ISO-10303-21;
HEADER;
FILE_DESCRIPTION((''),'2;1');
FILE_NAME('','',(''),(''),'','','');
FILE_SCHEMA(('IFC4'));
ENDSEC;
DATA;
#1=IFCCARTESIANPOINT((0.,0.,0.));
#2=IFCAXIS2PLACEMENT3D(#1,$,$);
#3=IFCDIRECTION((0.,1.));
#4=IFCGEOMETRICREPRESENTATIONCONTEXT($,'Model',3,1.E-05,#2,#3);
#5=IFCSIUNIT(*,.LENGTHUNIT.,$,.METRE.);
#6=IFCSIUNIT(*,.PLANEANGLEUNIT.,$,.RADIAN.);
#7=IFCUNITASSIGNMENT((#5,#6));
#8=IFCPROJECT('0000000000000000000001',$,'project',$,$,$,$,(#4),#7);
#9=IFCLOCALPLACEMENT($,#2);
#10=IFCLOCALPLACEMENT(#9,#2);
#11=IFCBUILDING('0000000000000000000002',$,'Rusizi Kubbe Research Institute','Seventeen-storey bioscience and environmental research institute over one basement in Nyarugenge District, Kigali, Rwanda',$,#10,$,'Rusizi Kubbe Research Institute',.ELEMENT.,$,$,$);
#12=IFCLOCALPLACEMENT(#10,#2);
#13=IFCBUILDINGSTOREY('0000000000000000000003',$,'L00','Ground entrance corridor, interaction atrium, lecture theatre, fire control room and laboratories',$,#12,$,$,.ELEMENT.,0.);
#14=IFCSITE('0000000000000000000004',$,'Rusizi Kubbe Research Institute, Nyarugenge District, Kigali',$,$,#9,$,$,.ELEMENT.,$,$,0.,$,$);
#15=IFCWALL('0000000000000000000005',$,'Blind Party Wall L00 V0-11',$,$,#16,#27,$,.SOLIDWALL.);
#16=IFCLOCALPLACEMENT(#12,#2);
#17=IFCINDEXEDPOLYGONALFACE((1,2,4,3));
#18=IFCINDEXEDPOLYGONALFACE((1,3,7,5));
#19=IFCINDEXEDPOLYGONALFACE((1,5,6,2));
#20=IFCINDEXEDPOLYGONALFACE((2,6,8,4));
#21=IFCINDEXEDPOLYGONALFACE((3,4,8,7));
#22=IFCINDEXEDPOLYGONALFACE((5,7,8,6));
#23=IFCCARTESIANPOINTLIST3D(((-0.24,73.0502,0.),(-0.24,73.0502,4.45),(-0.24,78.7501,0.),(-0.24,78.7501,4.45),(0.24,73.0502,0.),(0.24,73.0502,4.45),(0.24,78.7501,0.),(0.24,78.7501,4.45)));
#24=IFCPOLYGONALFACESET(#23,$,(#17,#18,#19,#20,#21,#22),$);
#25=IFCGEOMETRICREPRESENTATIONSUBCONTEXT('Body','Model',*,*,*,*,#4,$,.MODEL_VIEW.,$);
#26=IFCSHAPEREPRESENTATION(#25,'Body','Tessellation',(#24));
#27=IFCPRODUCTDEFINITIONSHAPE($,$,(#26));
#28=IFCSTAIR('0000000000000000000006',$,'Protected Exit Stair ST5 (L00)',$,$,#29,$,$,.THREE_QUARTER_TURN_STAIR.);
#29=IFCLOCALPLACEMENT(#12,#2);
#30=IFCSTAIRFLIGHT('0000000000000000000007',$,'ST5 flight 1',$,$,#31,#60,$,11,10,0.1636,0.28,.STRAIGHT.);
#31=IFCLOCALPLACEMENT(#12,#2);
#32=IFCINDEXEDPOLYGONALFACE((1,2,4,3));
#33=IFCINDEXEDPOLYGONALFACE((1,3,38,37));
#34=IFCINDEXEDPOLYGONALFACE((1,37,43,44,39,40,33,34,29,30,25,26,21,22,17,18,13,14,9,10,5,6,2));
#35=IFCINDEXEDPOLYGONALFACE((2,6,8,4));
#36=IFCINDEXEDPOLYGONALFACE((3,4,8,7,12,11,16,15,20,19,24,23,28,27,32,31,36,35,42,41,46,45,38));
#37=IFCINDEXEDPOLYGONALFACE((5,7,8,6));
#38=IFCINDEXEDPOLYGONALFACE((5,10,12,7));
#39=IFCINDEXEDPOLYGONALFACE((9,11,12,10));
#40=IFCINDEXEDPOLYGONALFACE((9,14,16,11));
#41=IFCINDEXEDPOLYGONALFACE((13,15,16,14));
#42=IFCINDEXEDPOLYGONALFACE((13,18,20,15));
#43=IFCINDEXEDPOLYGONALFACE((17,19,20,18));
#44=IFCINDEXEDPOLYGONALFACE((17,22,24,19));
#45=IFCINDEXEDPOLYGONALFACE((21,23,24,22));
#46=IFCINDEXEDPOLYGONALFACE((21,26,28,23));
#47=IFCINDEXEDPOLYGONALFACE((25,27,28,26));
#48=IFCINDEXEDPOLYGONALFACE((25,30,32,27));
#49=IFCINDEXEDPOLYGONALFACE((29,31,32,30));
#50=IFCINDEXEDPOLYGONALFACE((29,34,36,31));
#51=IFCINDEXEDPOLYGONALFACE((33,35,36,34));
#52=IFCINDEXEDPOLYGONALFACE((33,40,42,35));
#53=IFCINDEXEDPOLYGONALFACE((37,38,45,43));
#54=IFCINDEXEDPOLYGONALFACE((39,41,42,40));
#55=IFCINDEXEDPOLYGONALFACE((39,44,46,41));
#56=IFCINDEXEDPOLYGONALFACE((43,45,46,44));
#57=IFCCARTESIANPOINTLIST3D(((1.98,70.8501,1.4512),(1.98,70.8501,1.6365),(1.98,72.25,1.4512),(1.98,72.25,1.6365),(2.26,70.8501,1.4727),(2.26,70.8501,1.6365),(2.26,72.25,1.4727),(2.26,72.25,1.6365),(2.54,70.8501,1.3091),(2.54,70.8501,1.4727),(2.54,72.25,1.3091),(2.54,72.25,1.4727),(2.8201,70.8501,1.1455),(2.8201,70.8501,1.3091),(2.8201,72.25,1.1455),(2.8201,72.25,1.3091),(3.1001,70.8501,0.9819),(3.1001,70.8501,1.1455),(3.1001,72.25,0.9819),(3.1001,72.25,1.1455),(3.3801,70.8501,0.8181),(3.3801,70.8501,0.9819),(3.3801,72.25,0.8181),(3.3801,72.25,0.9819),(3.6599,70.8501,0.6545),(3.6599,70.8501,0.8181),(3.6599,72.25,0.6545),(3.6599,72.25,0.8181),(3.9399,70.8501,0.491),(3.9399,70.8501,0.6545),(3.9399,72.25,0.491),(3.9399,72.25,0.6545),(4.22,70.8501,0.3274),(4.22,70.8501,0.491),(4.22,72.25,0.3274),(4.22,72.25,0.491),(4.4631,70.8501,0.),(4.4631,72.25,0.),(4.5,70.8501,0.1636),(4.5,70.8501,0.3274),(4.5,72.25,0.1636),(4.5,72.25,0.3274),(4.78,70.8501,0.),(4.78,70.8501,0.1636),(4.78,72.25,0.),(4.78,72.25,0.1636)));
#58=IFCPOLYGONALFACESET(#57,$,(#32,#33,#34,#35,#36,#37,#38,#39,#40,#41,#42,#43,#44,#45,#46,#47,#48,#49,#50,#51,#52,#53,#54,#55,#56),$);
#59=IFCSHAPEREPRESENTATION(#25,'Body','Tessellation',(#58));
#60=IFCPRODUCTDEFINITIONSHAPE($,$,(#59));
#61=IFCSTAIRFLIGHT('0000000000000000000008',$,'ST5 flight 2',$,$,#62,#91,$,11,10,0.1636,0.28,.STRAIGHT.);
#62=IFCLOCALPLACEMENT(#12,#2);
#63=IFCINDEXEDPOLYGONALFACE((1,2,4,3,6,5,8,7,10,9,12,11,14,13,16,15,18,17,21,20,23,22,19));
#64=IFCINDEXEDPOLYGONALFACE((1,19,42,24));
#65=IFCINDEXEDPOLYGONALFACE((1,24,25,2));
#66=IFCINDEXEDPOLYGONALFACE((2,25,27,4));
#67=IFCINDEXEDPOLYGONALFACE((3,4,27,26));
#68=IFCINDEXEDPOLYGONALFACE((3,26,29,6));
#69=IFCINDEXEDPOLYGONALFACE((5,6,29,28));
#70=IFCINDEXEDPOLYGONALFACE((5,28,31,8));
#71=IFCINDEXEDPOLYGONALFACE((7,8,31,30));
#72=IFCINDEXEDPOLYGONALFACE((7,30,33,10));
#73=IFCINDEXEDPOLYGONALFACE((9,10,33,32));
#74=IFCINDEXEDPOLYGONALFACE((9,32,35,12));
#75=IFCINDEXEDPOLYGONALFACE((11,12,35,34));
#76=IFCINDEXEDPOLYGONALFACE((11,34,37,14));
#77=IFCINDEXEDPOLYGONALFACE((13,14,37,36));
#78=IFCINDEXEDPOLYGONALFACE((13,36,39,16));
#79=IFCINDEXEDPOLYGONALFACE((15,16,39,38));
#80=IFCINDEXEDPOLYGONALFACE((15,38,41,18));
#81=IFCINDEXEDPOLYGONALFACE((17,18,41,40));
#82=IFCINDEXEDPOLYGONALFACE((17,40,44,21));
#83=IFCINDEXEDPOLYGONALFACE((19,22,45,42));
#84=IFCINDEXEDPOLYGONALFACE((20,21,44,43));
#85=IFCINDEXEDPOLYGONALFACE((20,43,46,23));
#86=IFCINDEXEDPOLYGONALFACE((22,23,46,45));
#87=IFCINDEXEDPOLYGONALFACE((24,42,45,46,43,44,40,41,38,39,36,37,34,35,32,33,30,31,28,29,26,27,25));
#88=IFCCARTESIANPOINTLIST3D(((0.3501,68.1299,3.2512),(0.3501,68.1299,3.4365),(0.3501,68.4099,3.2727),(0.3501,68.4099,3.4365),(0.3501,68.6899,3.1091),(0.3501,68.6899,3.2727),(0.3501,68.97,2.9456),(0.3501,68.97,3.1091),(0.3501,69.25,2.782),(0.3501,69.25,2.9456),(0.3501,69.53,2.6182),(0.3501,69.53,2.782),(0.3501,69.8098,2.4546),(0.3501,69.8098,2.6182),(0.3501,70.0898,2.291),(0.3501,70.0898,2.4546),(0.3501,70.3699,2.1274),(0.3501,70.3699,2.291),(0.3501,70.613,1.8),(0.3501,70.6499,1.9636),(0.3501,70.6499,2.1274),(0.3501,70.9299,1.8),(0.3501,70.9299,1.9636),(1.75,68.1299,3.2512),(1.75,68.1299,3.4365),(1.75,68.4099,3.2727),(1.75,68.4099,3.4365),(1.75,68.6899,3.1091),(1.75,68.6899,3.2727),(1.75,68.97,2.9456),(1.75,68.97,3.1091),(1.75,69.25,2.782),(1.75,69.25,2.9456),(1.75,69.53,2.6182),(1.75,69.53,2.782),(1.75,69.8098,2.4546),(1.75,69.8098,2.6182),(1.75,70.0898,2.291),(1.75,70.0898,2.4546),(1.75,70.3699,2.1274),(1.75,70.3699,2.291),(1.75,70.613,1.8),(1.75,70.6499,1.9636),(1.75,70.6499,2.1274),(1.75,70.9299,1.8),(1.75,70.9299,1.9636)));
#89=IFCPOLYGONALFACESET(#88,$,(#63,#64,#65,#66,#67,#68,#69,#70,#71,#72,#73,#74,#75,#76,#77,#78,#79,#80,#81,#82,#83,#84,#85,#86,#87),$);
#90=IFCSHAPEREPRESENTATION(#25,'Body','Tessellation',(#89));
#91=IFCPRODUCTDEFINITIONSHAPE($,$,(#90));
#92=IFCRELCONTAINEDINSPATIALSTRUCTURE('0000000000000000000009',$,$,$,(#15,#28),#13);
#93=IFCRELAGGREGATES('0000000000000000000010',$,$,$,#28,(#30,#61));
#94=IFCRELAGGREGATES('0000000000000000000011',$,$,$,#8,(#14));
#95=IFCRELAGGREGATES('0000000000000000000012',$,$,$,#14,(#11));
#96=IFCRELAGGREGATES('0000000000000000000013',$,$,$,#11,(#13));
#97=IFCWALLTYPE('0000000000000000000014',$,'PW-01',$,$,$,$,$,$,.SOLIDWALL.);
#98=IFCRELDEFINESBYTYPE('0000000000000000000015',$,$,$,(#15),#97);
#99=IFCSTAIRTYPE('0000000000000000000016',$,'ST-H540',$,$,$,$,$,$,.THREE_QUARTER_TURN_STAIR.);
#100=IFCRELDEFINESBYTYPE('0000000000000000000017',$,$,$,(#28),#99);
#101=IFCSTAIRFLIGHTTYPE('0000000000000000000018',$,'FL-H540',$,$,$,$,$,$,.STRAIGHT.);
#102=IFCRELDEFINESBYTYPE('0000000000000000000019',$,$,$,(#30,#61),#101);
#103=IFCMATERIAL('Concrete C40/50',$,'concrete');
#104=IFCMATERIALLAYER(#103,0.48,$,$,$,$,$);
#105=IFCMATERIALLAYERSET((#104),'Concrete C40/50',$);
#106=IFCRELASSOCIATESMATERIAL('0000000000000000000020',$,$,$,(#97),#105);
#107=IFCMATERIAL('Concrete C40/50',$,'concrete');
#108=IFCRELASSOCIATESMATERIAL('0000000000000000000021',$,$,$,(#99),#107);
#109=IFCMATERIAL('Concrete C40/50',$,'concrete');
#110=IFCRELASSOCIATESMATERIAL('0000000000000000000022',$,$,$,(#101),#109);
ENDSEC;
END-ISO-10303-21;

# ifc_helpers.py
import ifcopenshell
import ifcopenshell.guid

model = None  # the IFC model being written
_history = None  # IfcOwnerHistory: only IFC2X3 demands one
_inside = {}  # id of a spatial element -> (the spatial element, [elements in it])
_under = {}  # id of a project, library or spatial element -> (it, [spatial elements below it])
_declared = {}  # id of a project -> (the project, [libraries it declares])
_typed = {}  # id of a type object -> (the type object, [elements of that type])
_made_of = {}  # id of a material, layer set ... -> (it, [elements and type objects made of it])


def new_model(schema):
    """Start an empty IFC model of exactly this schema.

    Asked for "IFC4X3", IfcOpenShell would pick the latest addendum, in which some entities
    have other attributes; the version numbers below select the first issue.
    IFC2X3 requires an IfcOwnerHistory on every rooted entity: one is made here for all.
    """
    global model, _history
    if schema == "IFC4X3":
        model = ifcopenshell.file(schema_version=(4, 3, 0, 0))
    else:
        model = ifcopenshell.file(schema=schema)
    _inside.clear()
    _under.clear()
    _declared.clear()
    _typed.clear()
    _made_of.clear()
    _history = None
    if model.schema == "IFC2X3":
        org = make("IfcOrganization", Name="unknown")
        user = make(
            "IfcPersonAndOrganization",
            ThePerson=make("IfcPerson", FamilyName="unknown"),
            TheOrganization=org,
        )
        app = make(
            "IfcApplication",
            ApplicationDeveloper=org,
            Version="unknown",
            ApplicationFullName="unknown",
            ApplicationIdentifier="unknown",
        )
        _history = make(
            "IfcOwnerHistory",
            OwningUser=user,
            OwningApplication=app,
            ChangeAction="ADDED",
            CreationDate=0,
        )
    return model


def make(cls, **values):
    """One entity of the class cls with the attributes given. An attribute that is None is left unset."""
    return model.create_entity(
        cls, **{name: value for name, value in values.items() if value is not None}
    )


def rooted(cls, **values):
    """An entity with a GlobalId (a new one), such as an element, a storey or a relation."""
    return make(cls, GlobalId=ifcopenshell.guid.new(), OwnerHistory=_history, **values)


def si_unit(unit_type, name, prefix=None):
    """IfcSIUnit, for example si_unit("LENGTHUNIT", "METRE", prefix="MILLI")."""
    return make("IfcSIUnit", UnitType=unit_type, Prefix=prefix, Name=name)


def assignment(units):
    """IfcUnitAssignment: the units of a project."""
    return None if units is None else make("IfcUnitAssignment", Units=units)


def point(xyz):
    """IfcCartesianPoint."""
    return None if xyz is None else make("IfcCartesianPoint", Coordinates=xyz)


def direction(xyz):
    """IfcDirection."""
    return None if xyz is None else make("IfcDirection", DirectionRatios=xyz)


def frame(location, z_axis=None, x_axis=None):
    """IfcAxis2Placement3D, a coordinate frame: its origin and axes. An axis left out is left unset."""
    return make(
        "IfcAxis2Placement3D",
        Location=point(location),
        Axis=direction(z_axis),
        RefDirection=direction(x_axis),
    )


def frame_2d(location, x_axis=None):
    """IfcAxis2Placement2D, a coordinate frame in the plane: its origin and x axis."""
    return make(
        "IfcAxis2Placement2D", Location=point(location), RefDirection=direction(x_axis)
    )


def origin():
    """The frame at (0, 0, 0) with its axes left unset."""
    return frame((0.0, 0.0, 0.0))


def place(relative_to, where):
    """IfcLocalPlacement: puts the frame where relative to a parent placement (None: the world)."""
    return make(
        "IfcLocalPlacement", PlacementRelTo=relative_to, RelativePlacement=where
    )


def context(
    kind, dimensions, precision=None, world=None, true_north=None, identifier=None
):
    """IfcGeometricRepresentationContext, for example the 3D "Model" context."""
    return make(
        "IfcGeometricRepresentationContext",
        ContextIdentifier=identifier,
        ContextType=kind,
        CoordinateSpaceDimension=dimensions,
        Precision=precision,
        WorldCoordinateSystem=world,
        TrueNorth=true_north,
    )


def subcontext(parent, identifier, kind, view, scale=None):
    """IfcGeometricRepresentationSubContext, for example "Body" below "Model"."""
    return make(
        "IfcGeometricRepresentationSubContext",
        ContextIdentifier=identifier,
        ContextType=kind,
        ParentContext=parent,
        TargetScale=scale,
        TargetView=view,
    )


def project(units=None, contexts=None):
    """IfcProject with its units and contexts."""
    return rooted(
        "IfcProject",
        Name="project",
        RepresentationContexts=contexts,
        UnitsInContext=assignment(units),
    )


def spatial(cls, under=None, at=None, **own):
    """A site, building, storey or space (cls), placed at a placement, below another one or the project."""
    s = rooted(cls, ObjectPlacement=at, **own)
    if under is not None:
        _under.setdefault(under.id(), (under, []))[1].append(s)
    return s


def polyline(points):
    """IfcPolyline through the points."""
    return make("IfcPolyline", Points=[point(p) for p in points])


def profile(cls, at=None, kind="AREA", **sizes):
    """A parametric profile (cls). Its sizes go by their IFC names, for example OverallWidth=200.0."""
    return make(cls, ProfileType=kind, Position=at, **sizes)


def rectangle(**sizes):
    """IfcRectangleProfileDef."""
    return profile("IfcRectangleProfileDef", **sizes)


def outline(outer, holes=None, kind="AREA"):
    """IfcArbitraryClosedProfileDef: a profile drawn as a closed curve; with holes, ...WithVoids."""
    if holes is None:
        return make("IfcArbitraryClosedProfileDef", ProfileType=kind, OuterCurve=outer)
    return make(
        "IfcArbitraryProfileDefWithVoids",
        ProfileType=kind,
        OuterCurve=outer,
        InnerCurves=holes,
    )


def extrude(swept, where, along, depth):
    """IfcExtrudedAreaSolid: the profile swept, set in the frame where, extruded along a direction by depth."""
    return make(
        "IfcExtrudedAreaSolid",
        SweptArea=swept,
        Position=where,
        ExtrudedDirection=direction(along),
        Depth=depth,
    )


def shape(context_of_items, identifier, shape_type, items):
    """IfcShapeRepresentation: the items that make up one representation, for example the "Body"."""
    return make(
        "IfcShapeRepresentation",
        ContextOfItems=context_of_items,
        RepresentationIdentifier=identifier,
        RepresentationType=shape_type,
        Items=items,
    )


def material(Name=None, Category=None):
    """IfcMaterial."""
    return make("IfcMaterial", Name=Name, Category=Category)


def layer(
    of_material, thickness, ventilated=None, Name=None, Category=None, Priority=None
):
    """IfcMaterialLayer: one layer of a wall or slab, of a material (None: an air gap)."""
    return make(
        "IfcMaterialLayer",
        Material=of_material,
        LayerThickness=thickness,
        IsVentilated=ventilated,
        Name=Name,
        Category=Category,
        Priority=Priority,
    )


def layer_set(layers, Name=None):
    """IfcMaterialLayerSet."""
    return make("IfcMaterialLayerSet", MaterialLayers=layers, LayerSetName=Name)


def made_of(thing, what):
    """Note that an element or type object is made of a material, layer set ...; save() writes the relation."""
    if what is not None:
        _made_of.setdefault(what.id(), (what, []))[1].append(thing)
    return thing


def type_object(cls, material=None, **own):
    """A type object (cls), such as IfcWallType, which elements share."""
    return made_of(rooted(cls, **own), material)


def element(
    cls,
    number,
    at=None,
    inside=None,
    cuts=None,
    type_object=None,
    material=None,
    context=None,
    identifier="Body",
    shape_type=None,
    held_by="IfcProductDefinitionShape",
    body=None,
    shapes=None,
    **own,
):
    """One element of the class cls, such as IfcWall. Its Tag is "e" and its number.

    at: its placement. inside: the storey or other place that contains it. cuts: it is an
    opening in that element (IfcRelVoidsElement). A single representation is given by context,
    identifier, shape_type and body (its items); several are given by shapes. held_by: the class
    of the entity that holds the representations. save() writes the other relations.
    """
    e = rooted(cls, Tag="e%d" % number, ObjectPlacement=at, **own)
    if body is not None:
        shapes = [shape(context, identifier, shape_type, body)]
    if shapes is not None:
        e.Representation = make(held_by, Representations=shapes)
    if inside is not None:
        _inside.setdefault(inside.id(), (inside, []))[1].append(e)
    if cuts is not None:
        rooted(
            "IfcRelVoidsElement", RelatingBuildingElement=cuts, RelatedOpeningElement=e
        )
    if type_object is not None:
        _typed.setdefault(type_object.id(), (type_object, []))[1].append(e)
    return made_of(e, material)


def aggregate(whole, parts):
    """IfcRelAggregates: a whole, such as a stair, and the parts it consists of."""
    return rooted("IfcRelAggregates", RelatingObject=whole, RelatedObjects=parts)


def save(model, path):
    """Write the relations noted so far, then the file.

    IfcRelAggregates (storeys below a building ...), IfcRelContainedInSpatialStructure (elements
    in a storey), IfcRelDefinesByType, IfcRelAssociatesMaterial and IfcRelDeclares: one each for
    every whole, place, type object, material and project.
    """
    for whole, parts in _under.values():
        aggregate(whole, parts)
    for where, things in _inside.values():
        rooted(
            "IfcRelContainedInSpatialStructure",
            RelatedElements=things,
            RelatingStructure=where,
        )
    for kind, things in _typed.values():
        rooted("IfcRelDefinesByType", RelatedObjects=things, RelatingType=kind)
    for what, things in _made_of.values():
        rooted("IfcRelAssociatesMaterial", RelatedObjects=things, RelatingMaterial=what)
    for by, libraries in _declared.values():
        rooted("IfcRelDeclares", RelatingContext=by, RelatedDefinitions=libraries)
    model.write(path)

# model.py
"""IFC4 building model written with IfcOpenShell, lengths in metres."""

from ifc_helpers import new_model, si_unit, direction, frame, frame_2d, origin, place, context, subcontext, project, spatial, polyline, rectangle, outline, extrude, material, layer, layer_set, type_object, element, aggregate, save


model = new_model("IFC4")

# Units and contexts
model_context = context("Model", 3, precision=1e-05, world=origin(), true_north=direction((0.0, 1.0)))
body_context = subcontext(model_context, "Body", "Model", "MODEL_VIEW")
ifc_project = project(units=[si_unit("LENGTHUNIT", "METRE"), si_unit("PLANEANGLEUNIT", "RADIAN")], contexts=[model_context])

# Site, building, storey
site_placement = place(None, origin())
site = spatial("IfcSite", under=ifc_project, at=site_placement, Name="Rusizi Kubbe Research Institute, Nyarugenge District, Kigali", CompositionType="ELEMENT", RefElevation=0.0)
building_placement = place(site_placement, origin())
building = spatial("IfcBuilding", under=site, at=building_placement, Name="Rusizi Kubbe Research Institute", Description="Seventeen-storey bioscience and environmental research institute over one basement in Nyarugenge District, Kigali, Rwanda", LongName="Rusizi Kubbe Research Institute", CompositionType="ELEMENT")
storey_placement = place(building_placement, origin())
storey = spatial("IfcBuildingStorey", under=building, at=storey_placement, Name="L00", Description="Ground entrance corridor, interaction atrium, lecture theatre, fire control room and laboratories", CompositionType="ELEMENT", Elevation=0.0)

# Wall
ifc_material_1 = material(Name="Concrete C40/50", Category="concrete")
ifc_layer_1 = layer(ifc_material_1, 0.48)
ifc_layer_set_1 = layer_set([ifc_layer_1], Name="Concrete C40/50")
wall_type_1 = type_object("IfcWallType", Name="PW-01", PredefinedType="SOLIDWALL", material=ifc_layer_set_1)
wall_1_placement = place(storey_placement, frame((0.0, 73.05, 0.0), z_axis=(0.0, 0.0, 1.0), x_axis=(0.0, 1.0, 0.0)))
element("IfcWall", 1, at=wall_1_placement, inside=storey, type_object=wall_type_1, Name="Blind Party Wall L00 V0-11", PredefinedType="SOLIDWALL", context=body_context, shape_type="SweptSolid", body=[
    extrude(rectangle(XDim=5.7, YDim=0.48, at=frame_2d((2.8501, 0.0))), origin(), (0.0, 0.0, 1.0), 4.45),
])

# Stair, stair flights
ifc_material_2 = material(Name="Concrete C40/50", Category="concrete")
stair_type = type_object("IfcStairType", Name="ST-H540", PredefinedType="THREE_QUARTER_TURN_STAIR", material=ifc_material_2)
stair_placement = place(storey_placement, origin())
stair = element("IfcStair", 2, at=stair_placement, inside=storey, type_object=stair_type, Name="Protected Exit Stair ST5 (L00)", PredefinedType="THREE_QUARTER_TURN_STAIR")
ifc_material_3 = material(Name="Concrete C40/50", Category="concrete")
stair_flight_type = type_object("IfcStairFlightType", Name="FL-H540", PredefinedType="STRAIGHT", material=ifc_material_3)
stair_flight_1_placement = place(storey_placement, frame((4.78, 71.55, 0.0), z_axis=(0.0, 0.0, 1.0), x_axis=(-1.0, 0.0, 0.0)))
stair_flight_1 = element("IfcStairFlight", 3, at=stair_flight_1_placement, type_object=stair_flight_type, Name="ST5 flight 1", NumberOfRisers=11, NumberOfTreads=10, PredefinedType="STRAIGHT", RiserHeight=0.1636, TreadLength=0.28, context=body_context, shape_type="SweptSolid", body=[
    extrude(outline(polyline([(0.0, 0.0), (0.0, 0.1636), (0.28, 0.1636), (0.28, 0.3274), (0.5601, 0.3274), (0.5601, 0.491), (0.8401, 0.491), (0.8401, 0.6545), (1.1201, 0.6545), (1.1201, 0.8181), (1.3999, 0.8181), (1.3999, 0.9819), (1.6799, 0.9819), (1.6799, 1.1455), (1.96, 1.1455), (1.96, 1.3091), (2.24, 1.3091), (2.24, 1.4727), (2.52, 1.4727), (2.52, 1.6365), (2.8, 1.6365), (2.8, 1.8), (2.8, 1.4512), (0.3169, 0.0), (0.0, 0.0)])), frame((0.0, 0.7, 0.0), z_axis=(0.0, -1.0, 0.0), x_axis=(1.0, 0.0, 0.0)), (0.0, 0.0, 1.0), 1.3999),
])
stair_flight_2_placement = place(storey_placement, frame((1.05, 70.9299, 1.8), z_axis=(0.0, 0.0, 1.0), x_axis=(0.0, -1.0, 0.0)))
stair_flight_2 = element("IfcStairFlight", 4, at=stair_flight_2_placement, type_object=stair_flight_type, Name="ST5 flight 2", NumberOfRisers=11, NumberOfTreads=10, PredefinedType="STRAIGHT", RiserHeight=0.1636, TreadLength=0.28, context=body_context, shape_type="SweptSolid", body=[
    extrude(outline(polyline([(0.0, 0.0), (0.0, 0.1636), (0.28, 0.1636), (0.28, 0.3274), (0.5601, 0.3274), (0.5601, 0.491), (0.8401, 0.491), (0.8401, 0.6545), (1.1201, 0.6545), (1.1201, 0.8181), (1.3999, 0.8181), (1.3999, 0.9819), (1.6799, 0.9819), (1.6799, 1.1455), (1.96, 1.1455), (1.96, 1.3091), (2.24, 1.3091), (2.24, 1.4727), (2.52, 1.4727), (2.52, 1.6365), (2.8, 1.6365), (2.8, 1.8), (2.8, 1.4512), (0.3169, 0.0), (0.0, 0.0)])), frame((0.0, 0.7, 0.0), z_axis=(0.0, -1.0, 0.0), x_axis=(1.0, 0.0, 0.0)), (0.0, 0.0, 1.0), 1.3999),
])
aggregate(stair, [stair_flight_1, stair_flight_2])

save(model, "model.ifc")
